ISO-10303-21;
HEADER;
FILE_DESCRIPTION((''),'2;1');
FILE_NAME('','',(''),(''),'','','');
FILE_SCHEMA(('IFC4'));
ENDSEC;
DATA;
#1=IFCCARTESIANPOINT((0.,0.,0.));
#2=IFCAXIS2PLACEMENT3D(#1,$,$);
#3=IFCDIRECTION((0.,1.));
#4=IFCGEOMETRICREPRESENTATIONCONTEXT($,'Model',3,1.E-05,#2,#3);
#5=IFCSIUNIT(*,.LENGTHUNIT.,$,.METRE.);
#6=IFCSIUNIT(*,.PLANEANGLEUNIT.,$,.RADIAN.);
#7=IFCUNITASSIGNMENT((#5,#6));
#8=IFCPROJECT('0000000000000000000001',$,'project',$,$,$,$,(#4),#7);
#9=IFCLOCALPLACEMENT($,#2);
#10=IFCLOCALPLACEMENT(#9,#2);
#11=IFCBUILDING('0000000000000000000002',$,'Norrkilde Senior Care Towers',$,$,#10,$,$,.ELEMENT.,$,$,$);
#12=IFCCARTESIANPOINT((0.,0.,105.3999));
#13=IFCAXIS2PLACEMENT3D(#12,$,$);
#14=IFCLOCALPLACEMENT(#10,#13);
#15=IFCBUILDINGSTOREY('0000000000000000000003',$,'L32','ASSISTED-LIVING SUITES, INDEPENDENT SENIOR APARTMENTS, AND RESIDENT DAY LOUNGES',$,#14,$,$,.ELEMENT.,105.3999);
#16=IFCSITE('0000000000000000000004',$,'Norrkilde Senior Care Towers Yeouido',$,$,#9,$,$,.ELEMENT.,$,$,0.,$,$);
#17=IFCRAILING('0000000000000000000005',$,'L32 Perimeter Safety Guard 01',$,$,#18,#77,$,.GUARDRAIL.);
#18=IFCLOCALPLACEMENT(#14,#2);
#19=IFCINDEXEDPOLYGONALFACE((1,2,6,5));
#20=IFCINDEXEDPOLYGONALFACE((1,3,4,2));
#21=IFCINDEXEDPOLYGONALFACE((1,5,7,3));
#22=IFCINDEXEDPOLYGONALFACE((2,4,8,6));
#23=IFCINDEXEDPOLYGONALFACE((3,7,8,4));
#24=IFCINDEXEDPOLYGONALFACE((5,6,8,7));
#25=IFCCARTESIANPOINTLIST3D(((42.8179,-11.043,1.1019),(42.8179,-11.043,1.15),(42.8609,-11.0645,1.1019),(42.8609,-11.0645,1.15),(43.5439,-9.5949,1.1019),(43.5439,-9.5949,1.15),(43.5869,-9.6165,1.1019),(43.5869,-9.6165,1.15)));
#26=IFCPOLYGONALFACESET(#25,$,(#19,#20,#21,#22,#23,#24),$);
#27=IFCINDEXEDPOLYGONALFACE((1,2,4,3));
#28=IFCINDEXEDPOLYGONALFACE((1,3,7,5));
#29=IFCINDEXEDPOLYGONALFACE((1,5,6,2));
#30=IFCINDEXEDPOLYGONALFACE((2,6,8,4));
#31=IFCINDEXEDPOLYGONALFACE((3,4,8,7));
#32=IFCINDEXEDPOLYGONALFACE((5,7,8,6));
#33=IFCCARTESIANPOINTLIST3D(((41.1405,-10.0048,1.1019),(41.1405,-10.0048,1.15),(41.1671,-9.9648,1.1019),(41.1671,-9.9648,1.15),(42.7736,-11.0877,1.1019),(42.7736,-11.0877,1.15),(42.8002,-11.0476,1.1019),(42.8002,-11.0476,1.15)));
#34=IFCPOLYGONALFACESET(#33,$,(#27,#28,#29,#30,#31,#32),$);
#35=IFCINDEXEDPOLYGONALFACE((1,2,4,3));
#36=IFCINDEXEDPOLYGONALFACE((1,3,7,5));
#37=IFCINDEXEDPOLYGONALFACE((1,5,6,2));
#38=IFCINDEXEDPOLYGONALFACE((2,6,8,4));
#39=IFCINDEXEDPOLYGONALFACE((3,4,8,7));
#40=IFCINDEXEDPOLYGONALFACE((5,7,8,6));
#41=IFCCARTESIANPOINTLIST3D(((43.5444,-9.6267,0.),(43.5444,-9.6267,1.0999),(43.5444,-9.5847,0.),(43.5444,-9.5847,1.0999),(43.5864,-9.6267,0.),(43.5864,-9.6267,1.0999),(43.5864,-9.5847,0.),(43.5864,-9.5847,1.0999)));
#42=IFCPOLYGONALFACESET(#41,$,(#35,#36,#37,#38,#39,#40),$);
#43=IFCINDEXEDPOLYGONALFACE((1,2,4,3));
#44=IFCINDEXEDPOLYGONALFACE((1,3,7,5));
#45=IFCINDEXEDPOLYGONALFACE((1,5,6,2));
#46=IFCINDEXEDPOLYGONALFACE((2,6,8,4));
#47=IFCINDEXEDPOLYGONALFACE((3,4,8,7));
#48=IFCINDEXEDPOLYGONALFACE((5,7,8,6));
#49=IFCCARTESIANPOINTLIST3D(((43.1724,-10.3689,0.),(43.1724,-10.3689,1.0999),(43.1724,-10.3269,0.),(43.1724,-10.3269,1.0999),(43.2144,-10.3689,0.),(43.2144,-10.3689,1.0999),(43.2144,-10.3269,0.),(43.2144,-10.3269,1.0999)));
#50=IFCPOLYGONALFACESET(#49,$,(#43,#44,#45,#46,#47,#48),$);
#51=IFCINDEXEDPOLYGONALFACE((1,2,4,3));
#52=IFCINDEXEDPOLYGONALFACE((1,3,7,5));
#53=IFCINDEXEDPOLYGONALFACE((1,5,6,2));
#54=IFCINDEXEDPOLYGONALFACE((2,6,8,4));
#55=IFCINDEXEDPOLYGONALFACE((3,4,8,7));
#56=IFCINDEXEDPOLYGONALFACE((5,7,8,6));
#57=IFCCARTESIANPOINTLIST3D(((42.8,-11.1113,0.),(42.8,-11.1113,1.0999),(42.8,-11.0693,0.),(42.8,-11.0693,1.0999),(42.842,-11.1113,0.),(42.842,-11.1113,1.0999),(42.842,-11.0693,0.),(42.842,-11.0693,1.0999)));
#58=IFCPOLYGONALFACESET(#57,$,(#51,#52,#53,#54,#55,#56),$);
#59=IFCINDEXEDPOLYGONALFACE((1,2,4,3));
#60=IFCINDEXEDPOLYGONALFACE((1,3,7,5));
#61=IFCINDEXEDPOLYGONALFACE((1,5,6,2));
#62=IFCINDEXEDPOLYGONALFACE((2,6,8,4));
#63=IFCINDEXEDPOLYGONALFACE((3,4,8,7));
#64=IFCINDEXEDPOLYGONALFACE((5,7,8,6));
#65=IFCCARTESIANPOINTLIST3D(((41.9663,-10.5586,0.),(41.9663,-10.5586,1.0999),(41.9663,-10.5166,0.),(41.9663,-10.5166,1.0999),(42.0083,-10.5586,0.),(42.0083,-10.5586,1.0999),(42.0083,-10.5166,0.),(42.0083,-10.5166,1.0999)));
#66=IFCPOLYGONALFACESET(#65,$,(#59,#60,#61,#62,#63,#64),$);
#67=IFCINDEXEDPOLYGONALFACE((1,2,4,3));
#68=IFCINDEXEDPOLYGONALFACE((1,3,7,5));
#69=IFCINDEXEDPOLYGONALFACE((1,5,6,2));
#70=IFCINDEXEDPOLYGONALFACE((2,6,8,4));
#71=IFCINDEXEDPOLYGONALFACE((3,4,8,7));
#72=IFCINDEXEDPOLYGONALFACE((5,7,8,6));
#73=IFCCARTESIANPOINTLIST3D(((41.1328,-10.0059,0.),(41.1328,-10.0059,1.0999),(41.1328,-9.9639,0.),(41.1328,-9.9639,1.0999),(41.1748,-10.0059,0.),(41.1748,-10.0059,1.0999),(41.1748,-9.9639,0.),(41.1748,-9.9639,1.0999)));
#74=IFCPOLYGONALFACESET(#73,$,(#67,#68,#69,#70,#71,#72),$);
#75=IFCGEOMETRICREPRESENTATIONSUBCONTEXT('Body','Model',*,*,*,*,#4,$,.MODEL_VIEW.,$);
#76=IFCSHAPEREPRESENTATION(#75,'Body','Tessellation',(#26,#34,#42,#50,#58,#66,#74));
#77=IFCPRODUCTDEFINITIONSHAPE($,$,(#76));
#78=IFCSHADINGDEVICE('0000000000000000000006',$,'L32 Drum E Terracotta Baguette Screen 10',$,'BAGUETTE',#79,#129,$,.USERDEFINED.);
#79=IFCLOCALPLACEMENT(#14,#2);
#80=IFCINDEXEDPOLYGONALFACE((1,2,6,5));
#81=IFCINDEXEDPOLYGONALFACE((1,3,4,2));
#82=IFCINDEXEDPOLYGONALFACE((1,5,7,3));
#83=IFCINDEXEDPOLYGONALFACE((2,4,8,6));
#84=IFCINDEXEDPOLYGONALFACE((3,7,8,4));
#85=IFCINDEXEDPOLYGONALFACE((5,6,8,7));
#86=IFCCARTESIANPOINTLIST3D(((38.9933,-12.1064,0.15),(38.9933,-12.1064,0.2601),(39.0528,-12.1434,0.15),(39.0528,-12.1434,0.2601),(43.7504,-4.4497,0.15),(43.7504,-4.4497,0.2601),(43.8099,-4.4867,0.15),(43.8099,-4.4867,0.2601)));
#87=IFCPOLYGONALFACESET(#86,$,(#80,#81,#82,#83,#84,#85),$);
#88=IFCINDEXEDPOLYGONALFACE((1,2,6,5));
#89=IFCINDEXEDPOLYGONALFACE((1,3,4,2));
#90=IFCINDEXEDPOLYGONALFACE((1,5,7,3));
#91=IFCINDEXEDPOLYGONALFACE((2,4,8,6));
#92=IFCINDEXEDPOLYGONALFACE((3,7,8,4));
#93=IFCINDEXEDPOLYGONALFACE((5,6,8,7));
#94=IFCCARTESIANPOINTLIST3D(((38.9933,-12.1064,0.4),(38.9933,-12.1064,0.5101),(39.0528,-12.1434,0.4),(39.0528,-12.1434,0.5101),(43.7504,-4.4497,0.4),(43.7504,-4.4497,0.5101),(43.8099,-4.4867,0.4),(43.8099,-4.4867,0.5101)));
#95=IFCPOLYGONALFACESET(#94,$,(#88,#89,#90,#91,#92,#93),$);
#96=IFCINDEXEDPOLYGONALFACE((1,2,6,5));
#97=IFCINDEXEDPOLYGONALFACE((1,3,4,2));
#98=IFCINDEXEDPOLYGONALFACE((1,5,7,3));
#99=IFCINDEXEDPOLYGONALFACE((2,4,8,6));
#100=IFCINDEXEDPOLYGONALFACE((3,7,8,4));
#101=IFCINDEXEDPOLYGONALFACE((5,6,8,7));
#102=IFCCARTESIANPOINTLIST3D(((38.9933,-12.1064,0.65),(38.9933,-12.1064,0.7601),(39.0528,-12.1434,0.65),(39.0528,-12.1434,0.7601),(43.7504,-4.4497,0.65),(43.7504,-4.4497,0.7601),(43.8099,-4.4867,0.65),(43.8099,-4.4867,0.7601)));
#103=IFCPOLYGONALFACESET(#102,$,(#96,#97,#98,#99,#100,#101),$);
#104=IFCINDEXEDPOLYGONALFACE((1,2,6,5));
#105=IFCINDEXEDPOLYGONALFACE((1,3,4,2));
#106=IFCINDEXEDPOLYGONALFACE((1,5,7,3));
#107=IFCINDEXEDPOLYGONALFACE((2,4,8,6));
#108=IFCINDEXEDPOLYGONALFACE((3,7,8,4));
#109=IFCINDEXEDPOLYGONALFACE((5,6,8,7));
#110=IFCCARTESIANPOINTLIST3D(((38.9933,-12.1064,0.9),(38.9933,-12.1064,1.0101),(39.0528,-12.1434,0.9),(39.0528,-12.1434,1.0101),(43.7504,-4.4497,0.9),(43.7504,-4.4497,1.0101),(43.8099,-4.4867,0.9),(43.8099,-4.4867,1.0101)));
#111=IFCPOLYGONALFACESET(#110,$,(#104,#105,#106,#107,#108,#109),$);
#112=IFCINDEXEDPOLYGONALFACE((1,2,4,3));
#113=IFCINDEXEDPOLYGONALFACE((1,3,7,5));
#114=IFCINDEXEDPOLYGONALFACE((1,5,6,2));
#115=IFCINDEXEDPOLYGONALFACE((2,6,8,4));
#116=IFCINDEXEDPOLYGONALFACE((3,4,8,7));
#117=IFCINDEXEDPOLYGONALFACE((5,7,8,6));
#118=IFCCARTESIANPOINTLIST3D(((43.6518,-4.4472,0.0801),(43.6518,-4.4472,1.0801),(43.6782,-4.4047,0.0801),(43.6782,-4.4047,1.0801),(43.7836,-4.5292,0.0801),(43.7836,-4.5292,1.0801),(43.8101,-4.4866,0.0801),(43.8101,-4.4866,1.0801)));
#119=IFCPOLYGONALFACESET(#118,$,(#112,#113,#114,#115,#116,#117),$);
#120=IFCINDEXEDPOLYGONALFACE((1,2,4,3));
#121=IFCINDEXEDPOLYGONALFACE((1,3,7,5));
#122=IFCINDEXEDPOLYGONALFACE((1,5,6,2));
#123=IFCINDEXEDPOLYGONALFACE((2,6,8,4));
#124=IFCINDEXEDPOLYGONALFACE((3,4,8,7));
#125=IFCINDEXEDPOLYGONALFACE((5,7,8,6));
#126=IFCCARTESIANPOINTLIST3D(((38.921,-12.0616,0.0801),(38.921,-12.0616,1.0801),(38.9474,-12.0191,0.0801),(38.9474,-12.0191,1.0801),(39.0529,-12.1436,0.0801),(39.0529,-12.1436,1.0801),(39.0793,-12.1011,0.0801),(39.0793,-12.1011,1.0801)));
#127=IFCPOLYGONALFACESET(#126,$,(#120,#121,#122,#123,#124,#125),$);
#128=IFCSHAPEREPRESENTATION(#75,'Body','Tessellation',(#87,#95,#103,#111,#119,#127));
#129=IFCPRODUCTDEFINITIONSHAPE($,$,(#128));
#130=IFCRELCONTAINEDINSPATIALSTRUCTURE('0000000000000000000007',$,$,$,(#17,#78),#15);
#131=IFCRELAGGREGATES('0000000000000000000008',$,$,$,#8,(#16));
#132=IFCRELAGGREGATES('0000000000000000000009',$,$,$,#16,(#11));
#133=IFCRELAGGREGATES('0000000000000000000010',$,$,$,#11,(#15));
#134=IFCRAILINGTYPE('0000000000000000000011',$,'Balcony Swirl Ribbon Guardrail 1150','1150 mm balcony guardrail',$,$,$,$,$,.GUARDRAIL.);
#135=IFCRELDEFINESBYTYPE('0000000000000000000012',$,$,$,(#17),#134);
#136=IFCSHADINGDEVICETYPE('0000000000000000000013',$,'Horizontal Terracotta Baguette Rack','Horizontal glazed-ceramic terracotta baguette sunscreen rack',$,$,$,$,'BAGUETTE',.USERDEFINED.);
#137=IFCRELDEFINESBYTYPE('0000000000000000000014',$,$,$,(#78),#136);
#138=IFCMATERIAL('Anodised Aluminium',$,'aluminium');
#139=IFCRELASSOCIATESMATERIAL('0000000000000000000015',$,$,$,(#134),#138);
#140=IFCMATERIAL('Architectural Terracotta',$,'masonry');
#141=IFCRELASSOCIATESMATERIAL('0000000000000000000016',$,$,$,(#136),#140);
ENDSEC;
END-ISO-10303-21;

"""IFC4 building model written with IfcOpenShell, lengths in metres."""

from ifc_helpers import new_model, si_unit, direction, frame, origin, origin_2d, place, context, subcontext, project, spatial, rectangle, extrude, source, transform, mapped, material, type_object, type_shapes, element, save


model = new_model("IFC4")

# Units and contexts
model_context = context("Model", 3, precision=1e-05, world=origin(), true_north=direction((0.0, 1.0)))
body_context = subcontext(model_context, "Body", "Model", "MODEL_VIEW")
ifc_project = project(units=[si_unit("LENGTHUNIT", "METRE"), si_unit("PLANEANGLEUNIT", "RADIAN")], contexts=[model_context])

# Site, building, storey
site_placement = place(None, origin())
site = spatial("IfcSite", under=ifc_project, at=site_placement, Name="Norrkilde Senior Care Towers Yeouido", CompositionType="ELEMENT", RefElevation=0.0)
building_placement = place(site_placement, origin())
building = spatial("IfcBuilding", under=site, at=building_placement, Name="Norrkilde Senior Care Towers", CompositionType="ELEMENT")
storey_placement = place(building_placement, frame((0.0, 0.0, 105.3999)))
storey = spatial("IfcBuildingStorey", under=building, at=storey_placement, Name="L32", Description="ASSISTED-LIVING SUITES, INDEPENDENT SENIOR APARTMENTS, AND RESIDENT DAY LOUNGES", CompositionType="ELEMENT", Elevation=105.3999)

# Shared definitions
ifc_material_1 = material(Name="Anodised Aluminium", Category="aluminium")

# Railing
railing_type = type_object("IfcRailingType", Name="Balcony Swirl Ribbon Guardrail 1150", Description="1150 mm balcony guardrail", PredefinedType="GUARDRAIL", material=ifc_material_1)
railing_placement = place(storey_placement, frame((43.5654, -9.6057, 0.0)))
element("IfcRailing", 1, at=railing_placement, inside=storey, type_object=railing_type, Name="L32 Perimeter Safety Guard 01", PredefinedType="GUARDRAIL", context=body_context, shape_type="SweptSolid", body=[
    extrude(rectangle(XDim=0.0481, YDim=0.0481, at=origin_2d()), frame((0.0, 0.0, 1.126), z_axis=(-0.448213, -0.893927, 0.0), x_axis=(0.893927, -0.448213, 0.0)), (0.0, 0.0, 1.0), 1.6199),
    extrude(rectangle(XDim=0.0481, YDim=0.0481, at=origin_2d()), frame((-0.7786, -1.4619, 1.126), z_axis=(-0.833437, 0.552614, 0.0), x_axis=(-0.552614, -0.833437, 0.0)), (0.0, 0.0, 1.0), 1.9595),
    extrude(rectangle(XDim=0.042, YDim=0.042, at=origin_2d()), origin(), (0.0, 0.0, 1.0), 1.0999),
    extrude(rectangle(XDim=0.042, YDim=0.042, at=origin_2d()), frame((-0.3721, -0.7422, 0.0)), (0.0, 0.0, 1.0), 1.0999),
    extrude(rectangle(XDim=0.042, YDim=0.042, at=origin_2d()), frame((-0.7444, -1.4846, 0.0)), (0.0, 0.0, 1.0), 1.0999),
    extrude(rectangle(XDim=0.042, YDim=0.042, at=origin_2d()), frame((-1.5781, -0.9319, 0.0)), (0.0, 0.0, 1.0), 1.0999),
    extrude(rectangle(XDim=0.042, YDim=0.042, at=origin_2d()), frame((-2.4116, -0.3792, 0.0)), (0.0, 0.0, 1.0), 1.0999),
])

# Shading device
ifc_material_2 = material(Name="Architectural Terracotta", Category="masonry")
shading_device_type = type_object("IfcShadingDeviceType", Name="Horizontal Terracotta Baguette Rack", Description="Horizontal glazed-ceramic terracotta baguette sunscreen rack", ElementType="BAGUETTE", PredefinedType="USERDEFINED", material=ifc_material_2)
shared_shape_1 = source(origin(), body_context, "Body", "SweptSolid", [
    extrude(rectangle(XDim=0.0701, YDim=0.1101, at=origin_2d()), frame((0.0, 0.0901, 0.125), z_axis=(1.0, 0.0, 0.0), x_axis=(0.0, 1.0, 0.0)), (0.0, 0.0, 1.0), 9.0142),
    extrude(rectangle(XDim=0.0701, YDim=0.1101, at=origin_2d()), frame((0.0, 0.0901, 0.375), z_axis=(1.0, 0.0, 0.0), x_axis=(0.0, 1.0, 0.0)), (0.0, 0.0, 1.0), 9.0142),
    extrude(rectangle(XDim=0.0701, YDim=0.1101, at=origin_2d()), frame((0.0, 0.0901, 0.625), z_axis=(1.0, 0.0, 0.0), x_axis=(0.0, 1.0, 0.0)), (0.0, 0.0, 1.0), 9.0142),
    extrude(rectangle(XDim=0.0701, YDim=0.1101, at=origin_2d()), frame((0.0, 0.0901, 0.875), z_axis=(1.0, 0.0, 0.0), x_axis=(0.0, 1.0, 0.0)), (0.0, 0.0, 1.0), 9.0142),
    extrude(rectangle(XDim=0.05, YDim=0.1553, at=origin_2d()), frame((0.0249, 0.0476, 0.0)), (0.0, 0.0, 1.0), 1.0),
    extrude(rectangle(XDim=0.05, YDim=0.1553, at=origin_2d()), frame((8.9893, 0.0476, 0.0)), (0.0, 0.0, 1.0), 1.0),
])
type_shapes(shading_device_type, [shared_shape_1])
shading_device_placement = place(storey_placement, frame((43.7036, -4.4207, 0.0801), z_axis=(0.0, 0.0, 1.0), x_axis=(-0.527734, -0.849412, 0.0)))
element("IfcShadingDevice", 2, at=shading_device_placement, inside=storey, type_object=shading_device_type, Name="L32 Drum E Terracotta Baguette Screen 10", ObjectType="BAGUETTE", PredefinedType="USERDEFINED", context=body_context, shape_type="MappedRepresentation", body=[
    mapped(shared_shape_1, transform((0.0, 0.0, 0.0), x_axis=(1.0, 0.0, 0.0), y_axis=(0.0, 1.0, 0.0), z_axis=(0.0, 0.0, 1.0), scale=1.0)),
])

save(model, "model.ifc")
